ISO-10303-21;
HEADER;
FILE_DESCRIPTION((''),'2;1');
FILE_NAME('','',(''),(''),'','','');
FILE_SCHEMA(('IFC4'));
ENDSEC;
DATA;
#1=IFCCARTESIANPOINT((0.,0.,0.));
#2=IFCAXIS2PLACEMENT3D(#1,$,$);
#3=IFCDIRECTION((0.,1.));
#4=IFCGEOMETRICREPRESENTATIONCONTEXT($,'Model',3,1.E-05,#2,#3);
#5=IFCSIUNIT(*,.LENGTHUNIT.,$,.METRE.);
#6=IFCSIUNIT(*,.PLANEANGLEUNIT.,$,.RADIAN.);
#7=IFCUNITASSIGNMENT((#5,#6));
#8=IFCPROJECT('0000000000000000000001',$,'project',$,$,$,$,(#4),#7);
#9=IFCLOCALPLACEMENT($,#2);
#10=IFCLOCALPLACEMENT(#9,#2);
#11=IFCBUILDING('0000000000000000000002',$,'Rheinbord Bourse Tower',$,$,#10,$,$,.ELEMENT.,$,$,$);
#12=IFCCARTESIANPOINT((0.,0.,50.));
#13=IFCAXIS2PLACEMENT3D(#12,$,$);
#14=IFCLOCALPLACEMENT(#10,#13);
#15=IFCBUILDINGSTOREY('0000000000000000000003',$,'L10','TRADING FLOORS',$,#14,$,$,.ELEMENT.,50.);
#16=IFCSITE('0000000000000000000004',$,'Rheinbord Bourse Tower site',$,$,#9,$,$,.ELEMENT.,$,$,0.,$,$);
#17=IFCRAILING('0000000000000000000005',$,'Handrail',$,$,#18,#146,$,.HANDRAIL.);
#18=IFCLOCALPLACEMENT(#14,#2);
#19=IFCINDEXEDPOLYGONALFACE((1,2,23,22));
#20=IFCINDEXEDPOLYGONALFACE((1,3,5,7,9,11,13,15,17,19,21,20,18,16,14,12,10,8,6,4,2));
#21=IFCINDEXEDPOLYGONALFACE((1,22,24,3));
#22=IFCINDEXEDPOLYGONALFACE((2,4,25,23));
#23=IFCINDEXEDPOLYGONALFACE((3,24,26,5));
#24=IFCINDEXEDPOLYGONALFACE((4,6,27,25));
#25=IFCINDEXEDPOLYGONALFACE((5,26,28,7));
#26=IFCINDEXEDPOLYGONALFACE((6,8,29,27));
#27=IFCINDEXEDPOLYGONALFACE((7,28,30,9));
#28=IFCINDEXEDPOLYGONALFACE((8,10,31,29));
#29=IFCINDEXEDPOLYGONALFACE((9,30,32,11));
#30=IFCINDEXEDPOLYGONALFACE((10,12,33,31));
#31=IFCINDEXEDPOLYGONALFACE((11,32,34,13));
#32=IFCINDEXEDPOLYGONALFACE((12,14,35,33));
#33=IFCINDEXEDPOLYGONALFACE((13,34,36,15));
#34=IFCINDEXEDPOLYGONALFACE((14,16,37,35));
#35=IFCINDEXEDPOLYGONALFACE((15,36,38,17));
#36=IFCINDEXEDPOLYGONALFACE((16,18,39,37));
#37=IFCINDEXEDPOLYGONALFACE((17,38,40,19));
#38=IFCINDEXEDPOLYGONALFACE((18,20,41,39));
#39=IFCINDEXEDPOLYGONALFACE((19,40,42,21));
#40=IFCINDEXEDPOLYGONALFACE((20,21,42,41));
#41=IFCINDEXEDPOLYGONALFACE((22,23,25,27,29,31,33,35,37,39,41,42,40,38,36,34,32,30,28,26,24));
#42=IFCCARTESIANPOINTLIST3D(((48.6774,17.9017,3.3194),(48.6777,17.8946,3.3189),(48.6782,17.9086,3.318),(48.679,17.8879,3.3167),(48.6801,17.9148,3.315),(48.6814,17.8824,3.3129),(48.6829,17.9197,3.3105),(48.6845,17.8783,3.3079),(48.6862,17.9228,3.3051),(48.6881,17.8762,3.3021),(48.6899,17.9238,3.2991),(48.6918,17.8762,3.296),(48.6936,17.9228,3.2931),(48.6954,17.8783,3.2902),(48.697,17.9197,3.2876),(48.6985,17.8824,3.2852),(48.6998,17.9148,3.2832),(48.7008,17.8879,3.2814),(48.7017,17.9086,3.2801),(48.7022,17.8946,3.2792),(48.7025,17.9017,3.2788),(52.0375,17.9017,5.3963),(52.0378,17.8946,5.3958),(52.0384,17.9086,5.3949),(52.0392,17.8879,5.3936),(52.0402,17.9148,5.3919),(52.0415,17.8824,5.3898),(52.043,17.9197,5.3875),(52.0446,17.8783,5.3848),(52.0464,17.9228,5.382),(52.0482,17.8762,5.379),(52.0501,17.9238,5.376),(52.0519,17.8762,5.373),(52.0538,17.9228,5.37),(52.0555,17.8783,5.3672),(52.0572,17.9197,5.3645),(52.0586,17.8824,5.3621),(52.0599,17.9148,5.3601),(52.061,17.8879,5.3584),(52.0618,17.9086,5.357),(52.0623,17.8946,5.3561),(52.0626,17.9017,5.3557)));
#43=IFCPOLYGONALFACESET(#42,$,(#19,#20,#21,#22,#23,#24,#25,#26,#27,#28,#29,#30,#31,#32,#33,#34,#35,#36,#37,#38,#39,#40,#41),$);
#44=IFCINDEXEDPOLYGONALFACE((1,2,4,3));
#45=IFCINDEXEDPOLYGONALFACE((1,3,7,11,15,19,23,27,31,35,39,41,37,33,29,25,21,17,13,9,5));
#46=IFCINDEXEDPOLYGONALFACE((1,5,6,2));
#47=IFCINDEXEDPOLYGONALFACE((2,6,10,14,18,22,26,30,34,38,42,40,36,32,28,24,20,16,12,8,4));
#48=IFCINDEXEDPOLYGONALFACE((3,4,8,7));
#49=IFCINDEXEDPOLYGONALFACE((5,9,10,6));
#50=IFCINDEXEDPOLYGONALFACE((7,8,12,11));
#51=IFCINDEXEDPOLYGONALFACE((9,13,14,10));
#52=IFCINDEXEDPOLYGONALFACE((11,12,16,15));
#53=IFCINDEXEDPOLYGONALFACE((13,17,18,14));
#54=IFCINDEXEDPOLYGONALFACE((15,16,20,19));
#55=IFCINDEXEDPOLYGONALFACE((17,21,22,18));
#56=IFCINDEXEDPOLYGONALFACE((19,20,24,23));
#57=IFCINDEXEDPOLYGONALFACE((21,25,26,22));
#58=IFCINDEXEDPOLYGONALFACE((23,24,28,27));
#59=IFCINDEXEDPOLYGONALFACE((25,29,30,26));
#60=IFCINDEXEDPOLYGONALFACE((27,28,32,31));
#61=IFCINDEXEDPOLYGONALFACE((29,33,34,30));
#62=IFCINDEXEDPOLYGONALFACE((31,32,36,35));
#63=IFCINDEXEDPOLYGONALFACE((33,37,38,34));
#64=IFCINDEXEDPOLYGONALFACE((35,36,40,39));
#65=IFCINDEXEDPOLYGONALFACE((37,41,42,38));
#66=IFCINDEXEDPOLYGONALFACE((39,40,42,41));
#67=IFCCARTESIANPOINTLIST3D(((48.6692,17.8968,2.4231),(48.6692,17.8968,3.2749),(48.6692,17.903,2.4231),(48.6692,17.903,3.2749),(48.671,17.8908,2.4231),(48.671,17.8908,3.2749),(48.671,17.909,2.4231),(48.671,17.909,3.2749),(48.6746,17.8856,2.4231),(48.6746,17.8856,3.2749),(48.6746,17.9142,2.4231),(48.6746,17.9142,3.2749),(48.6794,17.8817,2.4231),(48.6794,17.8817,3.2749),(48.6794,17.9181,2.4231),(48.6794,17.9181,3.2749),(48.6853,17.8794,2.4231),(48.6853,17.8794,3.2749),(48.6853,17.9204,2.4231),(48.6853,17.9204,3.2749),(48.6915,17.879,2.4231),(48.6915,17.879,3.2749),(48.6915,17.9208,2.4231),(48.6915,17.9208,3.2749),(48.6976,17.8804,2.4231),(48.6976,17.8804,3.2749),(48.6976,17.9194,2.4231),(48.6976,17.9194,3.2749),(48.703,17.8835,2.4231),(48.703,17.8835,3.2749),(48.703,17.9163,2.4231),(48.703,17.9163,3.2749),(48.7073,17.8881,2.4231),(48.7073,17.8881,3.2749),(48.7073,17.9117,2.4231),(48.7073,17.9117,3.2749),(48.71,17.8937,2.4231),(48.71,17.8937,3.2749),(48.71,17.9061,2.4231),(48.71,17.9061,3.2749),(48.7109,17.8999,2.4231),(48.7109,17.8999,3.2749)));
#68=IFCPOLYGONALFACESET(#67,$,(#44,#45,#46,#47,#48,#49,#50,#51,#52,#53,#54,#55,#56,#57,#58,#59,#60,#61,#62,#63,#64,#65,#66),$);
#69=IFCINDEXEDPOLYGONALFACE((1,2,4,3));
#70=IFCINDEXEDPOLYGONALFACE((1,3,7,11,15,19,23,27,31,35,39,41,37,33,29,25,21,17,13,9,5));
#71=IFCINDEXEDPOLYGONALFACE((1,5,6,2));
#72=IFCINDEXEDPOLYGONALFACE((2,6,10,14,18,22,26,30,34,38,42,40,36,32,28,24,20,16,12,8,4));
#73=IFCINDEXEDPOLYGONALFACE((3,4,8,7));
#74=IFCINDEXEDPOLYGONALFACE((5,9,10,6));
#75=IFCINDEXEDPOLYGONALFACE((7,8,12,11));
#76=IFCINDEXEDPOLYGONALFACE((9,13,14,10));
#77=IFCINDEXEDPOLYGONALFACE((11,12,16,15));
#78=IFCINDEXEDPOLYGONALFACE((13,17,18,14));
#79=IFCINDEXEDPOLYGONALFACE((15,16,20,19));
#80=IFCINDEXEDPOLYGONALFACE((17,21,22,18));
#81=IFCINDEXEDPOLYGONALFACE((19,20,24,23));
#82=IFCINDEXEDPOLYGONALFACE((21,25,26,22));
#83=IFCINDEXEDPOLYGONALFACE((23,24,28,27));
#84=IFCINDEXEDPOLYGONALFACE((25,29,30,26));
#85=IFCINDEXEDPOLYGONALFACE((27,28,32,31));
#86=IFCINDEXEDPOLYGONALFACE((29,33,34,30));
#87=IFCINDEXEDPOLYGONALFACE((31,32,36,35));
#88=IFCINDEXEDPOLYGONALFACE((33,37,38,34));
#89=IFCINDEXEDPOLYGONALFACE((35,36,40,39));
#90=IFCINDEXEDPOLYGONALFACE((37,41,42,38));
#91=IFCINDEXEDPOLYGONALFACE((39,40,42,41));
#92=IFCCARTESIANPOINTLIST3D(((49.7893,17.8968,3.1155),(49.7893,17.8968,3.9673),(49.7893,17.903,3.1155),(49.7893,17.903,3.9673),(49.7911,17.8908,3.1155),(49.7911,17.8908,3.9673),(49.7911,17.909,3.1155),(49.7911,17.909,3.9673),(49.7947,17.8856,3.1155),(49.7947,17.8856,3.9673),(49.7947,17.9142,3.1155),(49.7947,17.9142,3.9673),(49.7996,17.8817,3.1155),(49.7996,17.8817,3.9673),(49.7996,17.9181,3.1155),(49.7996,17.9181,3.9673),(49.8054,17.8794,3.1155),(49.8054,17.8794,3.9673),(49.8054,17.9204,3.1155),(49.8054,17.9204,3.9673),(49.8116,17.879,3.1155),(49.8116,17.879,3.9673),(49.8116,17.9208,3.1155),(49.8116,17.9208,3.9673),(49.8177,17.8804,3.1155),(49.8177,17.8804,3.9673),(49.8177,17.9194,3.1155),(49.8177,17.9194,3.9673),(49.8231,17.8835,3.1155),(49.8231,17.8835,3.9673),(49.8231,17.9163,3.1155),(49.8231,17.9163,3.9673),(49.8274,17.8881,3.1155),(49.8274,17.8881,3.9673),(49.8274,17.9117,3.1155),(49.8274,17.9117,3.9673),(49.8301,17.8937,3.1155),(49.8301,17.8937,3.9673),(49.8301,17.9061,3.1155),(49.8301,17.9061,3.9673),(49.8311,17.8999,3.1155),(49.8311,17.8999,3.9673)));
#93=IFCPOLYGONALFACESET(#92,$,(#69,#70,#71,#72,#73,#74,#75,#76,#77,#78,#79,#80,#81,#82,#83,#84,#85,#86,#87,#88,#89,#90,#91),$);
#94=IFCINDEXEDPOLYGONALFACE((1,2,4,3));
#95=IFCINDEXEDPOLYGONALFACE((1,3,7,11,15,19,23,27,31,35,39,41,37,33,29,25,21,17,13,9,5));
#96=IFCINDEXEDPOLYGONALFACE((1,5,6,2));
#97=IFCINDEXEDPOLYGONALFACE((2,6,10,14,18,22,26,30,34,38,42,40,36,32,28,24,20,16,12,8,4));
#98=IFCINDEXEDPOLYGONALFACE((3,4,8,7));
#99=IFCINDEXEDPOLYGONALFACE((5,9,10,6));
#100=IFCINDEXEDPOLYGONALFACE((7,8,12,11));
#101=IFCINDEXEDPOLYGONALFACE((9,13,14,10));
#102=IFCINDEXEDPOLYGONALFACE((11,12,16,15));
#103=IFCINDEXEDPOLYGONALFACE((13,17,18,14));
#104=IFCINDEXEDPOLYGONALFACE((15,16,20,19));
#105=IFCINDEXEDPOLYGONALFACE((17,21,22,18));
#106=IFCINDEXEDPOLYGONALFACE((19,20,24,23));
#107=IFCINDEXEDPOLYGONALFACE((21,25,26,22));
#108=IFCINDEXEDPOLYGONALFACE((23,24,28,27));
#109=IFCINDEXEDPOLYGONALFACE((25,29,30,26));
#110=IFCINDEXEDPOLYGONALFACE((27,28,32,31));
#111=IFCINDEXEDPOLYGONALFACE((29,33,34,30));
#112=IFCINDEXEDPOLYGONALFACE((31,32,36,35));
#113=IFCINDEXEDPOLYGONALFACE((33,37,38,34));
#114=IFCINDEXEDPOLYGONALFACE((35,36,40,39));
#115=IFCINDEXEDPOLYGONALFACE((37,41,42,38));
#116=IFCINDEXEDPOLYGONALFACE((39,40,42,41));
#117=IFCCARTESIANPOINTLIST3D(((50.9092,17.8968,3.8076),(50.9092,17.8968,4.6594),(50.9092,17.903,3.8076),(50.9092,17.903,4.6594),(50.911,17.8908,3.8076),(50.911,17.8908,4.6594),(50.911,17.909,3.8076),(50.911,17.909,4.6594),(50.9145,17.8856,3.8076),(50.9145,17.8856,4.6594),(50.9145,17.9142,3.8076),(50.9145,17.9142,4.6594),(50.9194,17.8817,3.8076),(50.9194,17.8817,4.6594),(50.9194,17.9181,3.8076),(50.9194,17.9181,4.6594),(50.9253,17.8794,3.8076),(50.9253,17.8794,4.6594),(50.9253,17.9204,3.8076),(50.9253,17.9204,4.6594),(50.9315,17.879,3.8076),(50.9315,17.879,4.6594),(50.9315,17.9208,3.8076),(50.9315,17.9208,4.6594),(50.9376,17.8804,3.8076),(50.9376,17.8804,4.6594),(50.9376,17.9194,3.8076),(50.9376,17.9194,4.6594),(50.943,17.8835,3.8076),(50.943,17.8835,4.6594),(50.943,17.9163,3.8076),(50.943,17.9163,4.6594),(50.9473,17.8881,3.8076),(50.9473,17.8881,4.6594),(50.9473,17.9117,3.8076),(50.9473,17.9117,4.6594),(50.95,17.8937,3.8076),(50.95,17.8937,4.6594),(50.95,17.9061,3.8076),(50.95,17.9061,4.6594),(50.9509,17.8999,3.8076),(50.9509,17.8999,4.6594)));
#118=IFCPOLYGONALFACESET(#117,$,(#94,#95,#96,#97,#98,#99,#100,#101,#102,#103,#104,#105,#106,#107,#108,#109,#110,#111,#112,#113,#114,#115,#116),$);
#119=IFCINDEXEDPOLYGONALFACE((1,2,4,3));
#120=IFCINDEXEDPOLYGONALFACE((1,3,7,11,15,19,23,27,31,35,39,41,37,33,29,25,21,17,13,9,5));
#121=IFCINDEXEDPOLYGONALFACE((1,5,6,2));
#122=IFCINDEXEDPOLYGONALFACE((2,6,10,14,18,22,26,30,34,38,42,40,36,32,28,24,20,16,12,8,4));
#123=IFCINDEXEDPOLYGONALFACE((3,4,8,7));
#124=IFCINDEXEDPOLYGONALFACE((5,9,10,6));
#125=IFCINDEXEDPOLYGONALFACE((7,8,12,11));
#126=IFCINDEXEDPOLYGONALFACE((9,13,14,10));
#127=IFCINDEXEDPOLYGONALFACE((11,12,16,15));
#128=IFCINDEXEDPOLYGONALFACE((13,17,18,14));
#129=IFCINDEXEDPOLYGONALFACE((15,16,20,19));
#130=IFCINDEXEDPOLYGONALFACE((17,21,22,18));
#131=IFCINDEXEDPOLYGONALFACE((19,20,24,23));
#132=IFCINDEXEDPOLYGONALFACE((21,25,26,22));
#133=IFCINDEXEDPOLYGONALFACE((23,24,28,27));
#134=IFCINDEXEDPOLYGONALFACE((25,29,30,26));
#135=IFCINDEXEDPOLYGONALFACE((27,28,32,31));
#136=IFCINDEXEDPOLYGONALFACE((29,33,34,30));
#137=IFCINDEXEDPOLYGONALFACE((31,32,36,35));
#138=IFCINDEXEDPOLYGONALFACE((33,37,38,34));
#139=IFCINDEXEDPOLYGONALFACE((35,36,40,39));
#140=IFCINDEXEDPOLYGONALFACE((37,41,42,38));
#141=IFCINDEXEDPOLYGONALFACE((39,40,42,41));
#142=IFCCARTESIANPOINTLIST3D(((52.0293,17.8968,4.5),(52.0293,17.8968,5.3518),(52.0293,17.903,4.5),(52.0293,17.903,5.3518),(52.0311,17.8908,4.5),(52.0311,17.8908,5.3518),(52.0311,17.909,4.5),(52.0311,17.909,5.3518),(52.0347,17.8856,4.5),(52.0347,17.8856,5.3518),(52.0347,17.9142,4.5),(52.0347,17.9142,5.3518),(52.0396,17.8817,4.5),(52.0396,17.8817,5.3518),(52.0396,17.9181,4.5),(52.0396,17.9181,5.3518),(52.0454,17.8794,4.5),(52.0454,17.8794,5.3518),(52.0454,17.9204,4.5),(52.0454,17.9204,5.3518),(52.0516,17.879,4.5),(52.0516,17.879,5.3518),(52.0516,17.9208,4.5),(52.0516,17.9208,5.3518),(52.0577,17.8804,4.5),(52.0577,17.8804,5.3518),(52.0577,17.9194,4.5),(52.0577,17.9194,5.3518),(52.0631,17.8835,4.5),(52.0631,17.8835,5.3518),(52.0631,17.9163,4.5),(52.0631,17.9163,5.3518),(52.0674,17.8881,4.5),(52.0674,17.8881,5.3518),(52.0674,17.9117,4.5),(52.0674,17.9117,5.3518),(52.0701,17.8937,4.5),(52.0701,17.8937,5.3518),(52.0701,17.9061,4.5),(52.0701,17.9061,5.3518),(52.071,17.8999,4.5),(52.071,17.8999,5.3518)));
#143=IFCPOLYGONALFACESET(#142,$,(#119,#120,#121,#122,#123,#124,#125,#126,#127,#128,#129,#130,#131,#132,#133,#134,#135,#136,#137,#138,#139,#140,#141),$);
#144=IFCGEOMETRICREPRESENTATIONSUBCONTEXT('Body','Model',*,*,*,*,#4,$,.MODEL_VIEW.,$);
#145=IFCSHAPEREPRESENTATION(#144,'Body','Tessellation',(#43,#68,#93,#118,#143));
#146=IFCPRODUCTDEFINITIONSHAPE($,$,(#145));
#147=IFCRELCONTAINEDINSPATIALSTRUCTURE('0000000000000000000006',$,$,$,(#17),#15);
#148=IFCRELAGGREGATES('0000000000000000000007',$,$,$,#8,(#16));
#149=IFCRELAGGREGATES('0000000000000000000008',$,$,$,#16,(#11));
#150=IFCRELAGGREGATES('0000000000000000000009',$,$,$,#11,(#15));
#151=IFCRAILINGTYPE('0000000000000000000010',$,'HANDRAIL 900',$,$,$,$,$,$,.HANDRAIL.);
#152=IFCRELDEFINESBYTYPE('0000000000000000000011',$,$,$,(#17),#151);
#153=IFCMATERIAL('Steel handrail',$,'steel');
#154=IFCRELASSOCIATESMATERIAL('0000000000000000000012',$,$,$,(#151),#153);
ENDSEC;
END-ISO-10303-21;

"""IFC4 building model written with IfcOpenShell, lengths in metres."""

from ifc_helpers import new_model, si_unit, direction, frame, origin, origin_2d, place, context, subcontext, project, spatial, circle, extrude, material, type_object, element, save


model = new_model("IFC4")

# Units and contexts
model_context = context("Model", 3, precision=1e-05, world=origin(), true_north=direction((0.0, 1.0)))
body_context = subcontext(model_context, "Body", "Model", "MODEL_VIEW")
ifc_project = project(units=[si_unit("LENGTHUNIT", "METRE"), si_unit("PLANEANGLEUNIT", "RADIAN")], contexts=[model_context])

# Site, building, storey
site_placement = place(None, origin())
site = spatial("IfcSite", under=ifc_project, at=site_placement, Name="Rheinbord Bourse Tower site", CompositionType="ELEMENT", RefElevation=0.0)
building_placement = place(site_placement, origin())
building = spatial("IfcBuilding", under=site, at=building_placement, Name="Rheinbord Bourse Tower", CompositionType="ELEMENT")
storey_placement = place(building_placement, frame((0.0, 0.0, 50.0)))
storey = spatial("IfcBuildingStorey", under=building, at=storey_placement, Name="L10", Description="TRADING FLOORS", CompositionType="ELEMENT", Elevation=50.0)

# Railing
ifc_material_1 = material(Name="Steel handrail", Category="steel")
railing_type = type_object("IfcRailingType", Name="HANDRAIL 900", PredefinedType="HANDRAIL", material=ifc_material_1)
railing_1_placement = place(storey_placement, frame((48.6899, 17.8999, 2.4231)))
element("IfcRailing", 1, at=railing_1_placement, inside=storey, type_object=railing_type, Name="Handrail", PredefinedType="HANDRAIL", context=body_context, shape_type="SweptSolid", body=[
    extrude(circle(Radius=0.0239, at=origin_2d()), frame((0.0, 0.0, 0.876), z_axis=(0.850623, 0.0, 0.525776), x_axis=(0.0, 1.0, 0.0)), (0.0, 0.0, 1.0), 3.9502),
    extrude(circle(Radius=0.021, at=origin_2d()), origin(), (0.0, 0.0, 1.0), 0.8518),
    extrude(circle(Radius=0.021, at=origin_2d()), frame((1.1201, 0.0, 0.6924)), (0.0, 0.0, 1.0), 0.8518),
    extrude(circle(Radius=0.021, at=origin_2d()), frame((2.24, 0.0, 1.3845)), (0.0, 0.0, 1.0), 0.8518),
    extrude(circle(Radius=0.021, at=origin_2d()), frame((3.3601, 0.0, 2.0769)), (0.0, 0.0, 1.0), 0.8518),
])

save(model, "model.ifc")
